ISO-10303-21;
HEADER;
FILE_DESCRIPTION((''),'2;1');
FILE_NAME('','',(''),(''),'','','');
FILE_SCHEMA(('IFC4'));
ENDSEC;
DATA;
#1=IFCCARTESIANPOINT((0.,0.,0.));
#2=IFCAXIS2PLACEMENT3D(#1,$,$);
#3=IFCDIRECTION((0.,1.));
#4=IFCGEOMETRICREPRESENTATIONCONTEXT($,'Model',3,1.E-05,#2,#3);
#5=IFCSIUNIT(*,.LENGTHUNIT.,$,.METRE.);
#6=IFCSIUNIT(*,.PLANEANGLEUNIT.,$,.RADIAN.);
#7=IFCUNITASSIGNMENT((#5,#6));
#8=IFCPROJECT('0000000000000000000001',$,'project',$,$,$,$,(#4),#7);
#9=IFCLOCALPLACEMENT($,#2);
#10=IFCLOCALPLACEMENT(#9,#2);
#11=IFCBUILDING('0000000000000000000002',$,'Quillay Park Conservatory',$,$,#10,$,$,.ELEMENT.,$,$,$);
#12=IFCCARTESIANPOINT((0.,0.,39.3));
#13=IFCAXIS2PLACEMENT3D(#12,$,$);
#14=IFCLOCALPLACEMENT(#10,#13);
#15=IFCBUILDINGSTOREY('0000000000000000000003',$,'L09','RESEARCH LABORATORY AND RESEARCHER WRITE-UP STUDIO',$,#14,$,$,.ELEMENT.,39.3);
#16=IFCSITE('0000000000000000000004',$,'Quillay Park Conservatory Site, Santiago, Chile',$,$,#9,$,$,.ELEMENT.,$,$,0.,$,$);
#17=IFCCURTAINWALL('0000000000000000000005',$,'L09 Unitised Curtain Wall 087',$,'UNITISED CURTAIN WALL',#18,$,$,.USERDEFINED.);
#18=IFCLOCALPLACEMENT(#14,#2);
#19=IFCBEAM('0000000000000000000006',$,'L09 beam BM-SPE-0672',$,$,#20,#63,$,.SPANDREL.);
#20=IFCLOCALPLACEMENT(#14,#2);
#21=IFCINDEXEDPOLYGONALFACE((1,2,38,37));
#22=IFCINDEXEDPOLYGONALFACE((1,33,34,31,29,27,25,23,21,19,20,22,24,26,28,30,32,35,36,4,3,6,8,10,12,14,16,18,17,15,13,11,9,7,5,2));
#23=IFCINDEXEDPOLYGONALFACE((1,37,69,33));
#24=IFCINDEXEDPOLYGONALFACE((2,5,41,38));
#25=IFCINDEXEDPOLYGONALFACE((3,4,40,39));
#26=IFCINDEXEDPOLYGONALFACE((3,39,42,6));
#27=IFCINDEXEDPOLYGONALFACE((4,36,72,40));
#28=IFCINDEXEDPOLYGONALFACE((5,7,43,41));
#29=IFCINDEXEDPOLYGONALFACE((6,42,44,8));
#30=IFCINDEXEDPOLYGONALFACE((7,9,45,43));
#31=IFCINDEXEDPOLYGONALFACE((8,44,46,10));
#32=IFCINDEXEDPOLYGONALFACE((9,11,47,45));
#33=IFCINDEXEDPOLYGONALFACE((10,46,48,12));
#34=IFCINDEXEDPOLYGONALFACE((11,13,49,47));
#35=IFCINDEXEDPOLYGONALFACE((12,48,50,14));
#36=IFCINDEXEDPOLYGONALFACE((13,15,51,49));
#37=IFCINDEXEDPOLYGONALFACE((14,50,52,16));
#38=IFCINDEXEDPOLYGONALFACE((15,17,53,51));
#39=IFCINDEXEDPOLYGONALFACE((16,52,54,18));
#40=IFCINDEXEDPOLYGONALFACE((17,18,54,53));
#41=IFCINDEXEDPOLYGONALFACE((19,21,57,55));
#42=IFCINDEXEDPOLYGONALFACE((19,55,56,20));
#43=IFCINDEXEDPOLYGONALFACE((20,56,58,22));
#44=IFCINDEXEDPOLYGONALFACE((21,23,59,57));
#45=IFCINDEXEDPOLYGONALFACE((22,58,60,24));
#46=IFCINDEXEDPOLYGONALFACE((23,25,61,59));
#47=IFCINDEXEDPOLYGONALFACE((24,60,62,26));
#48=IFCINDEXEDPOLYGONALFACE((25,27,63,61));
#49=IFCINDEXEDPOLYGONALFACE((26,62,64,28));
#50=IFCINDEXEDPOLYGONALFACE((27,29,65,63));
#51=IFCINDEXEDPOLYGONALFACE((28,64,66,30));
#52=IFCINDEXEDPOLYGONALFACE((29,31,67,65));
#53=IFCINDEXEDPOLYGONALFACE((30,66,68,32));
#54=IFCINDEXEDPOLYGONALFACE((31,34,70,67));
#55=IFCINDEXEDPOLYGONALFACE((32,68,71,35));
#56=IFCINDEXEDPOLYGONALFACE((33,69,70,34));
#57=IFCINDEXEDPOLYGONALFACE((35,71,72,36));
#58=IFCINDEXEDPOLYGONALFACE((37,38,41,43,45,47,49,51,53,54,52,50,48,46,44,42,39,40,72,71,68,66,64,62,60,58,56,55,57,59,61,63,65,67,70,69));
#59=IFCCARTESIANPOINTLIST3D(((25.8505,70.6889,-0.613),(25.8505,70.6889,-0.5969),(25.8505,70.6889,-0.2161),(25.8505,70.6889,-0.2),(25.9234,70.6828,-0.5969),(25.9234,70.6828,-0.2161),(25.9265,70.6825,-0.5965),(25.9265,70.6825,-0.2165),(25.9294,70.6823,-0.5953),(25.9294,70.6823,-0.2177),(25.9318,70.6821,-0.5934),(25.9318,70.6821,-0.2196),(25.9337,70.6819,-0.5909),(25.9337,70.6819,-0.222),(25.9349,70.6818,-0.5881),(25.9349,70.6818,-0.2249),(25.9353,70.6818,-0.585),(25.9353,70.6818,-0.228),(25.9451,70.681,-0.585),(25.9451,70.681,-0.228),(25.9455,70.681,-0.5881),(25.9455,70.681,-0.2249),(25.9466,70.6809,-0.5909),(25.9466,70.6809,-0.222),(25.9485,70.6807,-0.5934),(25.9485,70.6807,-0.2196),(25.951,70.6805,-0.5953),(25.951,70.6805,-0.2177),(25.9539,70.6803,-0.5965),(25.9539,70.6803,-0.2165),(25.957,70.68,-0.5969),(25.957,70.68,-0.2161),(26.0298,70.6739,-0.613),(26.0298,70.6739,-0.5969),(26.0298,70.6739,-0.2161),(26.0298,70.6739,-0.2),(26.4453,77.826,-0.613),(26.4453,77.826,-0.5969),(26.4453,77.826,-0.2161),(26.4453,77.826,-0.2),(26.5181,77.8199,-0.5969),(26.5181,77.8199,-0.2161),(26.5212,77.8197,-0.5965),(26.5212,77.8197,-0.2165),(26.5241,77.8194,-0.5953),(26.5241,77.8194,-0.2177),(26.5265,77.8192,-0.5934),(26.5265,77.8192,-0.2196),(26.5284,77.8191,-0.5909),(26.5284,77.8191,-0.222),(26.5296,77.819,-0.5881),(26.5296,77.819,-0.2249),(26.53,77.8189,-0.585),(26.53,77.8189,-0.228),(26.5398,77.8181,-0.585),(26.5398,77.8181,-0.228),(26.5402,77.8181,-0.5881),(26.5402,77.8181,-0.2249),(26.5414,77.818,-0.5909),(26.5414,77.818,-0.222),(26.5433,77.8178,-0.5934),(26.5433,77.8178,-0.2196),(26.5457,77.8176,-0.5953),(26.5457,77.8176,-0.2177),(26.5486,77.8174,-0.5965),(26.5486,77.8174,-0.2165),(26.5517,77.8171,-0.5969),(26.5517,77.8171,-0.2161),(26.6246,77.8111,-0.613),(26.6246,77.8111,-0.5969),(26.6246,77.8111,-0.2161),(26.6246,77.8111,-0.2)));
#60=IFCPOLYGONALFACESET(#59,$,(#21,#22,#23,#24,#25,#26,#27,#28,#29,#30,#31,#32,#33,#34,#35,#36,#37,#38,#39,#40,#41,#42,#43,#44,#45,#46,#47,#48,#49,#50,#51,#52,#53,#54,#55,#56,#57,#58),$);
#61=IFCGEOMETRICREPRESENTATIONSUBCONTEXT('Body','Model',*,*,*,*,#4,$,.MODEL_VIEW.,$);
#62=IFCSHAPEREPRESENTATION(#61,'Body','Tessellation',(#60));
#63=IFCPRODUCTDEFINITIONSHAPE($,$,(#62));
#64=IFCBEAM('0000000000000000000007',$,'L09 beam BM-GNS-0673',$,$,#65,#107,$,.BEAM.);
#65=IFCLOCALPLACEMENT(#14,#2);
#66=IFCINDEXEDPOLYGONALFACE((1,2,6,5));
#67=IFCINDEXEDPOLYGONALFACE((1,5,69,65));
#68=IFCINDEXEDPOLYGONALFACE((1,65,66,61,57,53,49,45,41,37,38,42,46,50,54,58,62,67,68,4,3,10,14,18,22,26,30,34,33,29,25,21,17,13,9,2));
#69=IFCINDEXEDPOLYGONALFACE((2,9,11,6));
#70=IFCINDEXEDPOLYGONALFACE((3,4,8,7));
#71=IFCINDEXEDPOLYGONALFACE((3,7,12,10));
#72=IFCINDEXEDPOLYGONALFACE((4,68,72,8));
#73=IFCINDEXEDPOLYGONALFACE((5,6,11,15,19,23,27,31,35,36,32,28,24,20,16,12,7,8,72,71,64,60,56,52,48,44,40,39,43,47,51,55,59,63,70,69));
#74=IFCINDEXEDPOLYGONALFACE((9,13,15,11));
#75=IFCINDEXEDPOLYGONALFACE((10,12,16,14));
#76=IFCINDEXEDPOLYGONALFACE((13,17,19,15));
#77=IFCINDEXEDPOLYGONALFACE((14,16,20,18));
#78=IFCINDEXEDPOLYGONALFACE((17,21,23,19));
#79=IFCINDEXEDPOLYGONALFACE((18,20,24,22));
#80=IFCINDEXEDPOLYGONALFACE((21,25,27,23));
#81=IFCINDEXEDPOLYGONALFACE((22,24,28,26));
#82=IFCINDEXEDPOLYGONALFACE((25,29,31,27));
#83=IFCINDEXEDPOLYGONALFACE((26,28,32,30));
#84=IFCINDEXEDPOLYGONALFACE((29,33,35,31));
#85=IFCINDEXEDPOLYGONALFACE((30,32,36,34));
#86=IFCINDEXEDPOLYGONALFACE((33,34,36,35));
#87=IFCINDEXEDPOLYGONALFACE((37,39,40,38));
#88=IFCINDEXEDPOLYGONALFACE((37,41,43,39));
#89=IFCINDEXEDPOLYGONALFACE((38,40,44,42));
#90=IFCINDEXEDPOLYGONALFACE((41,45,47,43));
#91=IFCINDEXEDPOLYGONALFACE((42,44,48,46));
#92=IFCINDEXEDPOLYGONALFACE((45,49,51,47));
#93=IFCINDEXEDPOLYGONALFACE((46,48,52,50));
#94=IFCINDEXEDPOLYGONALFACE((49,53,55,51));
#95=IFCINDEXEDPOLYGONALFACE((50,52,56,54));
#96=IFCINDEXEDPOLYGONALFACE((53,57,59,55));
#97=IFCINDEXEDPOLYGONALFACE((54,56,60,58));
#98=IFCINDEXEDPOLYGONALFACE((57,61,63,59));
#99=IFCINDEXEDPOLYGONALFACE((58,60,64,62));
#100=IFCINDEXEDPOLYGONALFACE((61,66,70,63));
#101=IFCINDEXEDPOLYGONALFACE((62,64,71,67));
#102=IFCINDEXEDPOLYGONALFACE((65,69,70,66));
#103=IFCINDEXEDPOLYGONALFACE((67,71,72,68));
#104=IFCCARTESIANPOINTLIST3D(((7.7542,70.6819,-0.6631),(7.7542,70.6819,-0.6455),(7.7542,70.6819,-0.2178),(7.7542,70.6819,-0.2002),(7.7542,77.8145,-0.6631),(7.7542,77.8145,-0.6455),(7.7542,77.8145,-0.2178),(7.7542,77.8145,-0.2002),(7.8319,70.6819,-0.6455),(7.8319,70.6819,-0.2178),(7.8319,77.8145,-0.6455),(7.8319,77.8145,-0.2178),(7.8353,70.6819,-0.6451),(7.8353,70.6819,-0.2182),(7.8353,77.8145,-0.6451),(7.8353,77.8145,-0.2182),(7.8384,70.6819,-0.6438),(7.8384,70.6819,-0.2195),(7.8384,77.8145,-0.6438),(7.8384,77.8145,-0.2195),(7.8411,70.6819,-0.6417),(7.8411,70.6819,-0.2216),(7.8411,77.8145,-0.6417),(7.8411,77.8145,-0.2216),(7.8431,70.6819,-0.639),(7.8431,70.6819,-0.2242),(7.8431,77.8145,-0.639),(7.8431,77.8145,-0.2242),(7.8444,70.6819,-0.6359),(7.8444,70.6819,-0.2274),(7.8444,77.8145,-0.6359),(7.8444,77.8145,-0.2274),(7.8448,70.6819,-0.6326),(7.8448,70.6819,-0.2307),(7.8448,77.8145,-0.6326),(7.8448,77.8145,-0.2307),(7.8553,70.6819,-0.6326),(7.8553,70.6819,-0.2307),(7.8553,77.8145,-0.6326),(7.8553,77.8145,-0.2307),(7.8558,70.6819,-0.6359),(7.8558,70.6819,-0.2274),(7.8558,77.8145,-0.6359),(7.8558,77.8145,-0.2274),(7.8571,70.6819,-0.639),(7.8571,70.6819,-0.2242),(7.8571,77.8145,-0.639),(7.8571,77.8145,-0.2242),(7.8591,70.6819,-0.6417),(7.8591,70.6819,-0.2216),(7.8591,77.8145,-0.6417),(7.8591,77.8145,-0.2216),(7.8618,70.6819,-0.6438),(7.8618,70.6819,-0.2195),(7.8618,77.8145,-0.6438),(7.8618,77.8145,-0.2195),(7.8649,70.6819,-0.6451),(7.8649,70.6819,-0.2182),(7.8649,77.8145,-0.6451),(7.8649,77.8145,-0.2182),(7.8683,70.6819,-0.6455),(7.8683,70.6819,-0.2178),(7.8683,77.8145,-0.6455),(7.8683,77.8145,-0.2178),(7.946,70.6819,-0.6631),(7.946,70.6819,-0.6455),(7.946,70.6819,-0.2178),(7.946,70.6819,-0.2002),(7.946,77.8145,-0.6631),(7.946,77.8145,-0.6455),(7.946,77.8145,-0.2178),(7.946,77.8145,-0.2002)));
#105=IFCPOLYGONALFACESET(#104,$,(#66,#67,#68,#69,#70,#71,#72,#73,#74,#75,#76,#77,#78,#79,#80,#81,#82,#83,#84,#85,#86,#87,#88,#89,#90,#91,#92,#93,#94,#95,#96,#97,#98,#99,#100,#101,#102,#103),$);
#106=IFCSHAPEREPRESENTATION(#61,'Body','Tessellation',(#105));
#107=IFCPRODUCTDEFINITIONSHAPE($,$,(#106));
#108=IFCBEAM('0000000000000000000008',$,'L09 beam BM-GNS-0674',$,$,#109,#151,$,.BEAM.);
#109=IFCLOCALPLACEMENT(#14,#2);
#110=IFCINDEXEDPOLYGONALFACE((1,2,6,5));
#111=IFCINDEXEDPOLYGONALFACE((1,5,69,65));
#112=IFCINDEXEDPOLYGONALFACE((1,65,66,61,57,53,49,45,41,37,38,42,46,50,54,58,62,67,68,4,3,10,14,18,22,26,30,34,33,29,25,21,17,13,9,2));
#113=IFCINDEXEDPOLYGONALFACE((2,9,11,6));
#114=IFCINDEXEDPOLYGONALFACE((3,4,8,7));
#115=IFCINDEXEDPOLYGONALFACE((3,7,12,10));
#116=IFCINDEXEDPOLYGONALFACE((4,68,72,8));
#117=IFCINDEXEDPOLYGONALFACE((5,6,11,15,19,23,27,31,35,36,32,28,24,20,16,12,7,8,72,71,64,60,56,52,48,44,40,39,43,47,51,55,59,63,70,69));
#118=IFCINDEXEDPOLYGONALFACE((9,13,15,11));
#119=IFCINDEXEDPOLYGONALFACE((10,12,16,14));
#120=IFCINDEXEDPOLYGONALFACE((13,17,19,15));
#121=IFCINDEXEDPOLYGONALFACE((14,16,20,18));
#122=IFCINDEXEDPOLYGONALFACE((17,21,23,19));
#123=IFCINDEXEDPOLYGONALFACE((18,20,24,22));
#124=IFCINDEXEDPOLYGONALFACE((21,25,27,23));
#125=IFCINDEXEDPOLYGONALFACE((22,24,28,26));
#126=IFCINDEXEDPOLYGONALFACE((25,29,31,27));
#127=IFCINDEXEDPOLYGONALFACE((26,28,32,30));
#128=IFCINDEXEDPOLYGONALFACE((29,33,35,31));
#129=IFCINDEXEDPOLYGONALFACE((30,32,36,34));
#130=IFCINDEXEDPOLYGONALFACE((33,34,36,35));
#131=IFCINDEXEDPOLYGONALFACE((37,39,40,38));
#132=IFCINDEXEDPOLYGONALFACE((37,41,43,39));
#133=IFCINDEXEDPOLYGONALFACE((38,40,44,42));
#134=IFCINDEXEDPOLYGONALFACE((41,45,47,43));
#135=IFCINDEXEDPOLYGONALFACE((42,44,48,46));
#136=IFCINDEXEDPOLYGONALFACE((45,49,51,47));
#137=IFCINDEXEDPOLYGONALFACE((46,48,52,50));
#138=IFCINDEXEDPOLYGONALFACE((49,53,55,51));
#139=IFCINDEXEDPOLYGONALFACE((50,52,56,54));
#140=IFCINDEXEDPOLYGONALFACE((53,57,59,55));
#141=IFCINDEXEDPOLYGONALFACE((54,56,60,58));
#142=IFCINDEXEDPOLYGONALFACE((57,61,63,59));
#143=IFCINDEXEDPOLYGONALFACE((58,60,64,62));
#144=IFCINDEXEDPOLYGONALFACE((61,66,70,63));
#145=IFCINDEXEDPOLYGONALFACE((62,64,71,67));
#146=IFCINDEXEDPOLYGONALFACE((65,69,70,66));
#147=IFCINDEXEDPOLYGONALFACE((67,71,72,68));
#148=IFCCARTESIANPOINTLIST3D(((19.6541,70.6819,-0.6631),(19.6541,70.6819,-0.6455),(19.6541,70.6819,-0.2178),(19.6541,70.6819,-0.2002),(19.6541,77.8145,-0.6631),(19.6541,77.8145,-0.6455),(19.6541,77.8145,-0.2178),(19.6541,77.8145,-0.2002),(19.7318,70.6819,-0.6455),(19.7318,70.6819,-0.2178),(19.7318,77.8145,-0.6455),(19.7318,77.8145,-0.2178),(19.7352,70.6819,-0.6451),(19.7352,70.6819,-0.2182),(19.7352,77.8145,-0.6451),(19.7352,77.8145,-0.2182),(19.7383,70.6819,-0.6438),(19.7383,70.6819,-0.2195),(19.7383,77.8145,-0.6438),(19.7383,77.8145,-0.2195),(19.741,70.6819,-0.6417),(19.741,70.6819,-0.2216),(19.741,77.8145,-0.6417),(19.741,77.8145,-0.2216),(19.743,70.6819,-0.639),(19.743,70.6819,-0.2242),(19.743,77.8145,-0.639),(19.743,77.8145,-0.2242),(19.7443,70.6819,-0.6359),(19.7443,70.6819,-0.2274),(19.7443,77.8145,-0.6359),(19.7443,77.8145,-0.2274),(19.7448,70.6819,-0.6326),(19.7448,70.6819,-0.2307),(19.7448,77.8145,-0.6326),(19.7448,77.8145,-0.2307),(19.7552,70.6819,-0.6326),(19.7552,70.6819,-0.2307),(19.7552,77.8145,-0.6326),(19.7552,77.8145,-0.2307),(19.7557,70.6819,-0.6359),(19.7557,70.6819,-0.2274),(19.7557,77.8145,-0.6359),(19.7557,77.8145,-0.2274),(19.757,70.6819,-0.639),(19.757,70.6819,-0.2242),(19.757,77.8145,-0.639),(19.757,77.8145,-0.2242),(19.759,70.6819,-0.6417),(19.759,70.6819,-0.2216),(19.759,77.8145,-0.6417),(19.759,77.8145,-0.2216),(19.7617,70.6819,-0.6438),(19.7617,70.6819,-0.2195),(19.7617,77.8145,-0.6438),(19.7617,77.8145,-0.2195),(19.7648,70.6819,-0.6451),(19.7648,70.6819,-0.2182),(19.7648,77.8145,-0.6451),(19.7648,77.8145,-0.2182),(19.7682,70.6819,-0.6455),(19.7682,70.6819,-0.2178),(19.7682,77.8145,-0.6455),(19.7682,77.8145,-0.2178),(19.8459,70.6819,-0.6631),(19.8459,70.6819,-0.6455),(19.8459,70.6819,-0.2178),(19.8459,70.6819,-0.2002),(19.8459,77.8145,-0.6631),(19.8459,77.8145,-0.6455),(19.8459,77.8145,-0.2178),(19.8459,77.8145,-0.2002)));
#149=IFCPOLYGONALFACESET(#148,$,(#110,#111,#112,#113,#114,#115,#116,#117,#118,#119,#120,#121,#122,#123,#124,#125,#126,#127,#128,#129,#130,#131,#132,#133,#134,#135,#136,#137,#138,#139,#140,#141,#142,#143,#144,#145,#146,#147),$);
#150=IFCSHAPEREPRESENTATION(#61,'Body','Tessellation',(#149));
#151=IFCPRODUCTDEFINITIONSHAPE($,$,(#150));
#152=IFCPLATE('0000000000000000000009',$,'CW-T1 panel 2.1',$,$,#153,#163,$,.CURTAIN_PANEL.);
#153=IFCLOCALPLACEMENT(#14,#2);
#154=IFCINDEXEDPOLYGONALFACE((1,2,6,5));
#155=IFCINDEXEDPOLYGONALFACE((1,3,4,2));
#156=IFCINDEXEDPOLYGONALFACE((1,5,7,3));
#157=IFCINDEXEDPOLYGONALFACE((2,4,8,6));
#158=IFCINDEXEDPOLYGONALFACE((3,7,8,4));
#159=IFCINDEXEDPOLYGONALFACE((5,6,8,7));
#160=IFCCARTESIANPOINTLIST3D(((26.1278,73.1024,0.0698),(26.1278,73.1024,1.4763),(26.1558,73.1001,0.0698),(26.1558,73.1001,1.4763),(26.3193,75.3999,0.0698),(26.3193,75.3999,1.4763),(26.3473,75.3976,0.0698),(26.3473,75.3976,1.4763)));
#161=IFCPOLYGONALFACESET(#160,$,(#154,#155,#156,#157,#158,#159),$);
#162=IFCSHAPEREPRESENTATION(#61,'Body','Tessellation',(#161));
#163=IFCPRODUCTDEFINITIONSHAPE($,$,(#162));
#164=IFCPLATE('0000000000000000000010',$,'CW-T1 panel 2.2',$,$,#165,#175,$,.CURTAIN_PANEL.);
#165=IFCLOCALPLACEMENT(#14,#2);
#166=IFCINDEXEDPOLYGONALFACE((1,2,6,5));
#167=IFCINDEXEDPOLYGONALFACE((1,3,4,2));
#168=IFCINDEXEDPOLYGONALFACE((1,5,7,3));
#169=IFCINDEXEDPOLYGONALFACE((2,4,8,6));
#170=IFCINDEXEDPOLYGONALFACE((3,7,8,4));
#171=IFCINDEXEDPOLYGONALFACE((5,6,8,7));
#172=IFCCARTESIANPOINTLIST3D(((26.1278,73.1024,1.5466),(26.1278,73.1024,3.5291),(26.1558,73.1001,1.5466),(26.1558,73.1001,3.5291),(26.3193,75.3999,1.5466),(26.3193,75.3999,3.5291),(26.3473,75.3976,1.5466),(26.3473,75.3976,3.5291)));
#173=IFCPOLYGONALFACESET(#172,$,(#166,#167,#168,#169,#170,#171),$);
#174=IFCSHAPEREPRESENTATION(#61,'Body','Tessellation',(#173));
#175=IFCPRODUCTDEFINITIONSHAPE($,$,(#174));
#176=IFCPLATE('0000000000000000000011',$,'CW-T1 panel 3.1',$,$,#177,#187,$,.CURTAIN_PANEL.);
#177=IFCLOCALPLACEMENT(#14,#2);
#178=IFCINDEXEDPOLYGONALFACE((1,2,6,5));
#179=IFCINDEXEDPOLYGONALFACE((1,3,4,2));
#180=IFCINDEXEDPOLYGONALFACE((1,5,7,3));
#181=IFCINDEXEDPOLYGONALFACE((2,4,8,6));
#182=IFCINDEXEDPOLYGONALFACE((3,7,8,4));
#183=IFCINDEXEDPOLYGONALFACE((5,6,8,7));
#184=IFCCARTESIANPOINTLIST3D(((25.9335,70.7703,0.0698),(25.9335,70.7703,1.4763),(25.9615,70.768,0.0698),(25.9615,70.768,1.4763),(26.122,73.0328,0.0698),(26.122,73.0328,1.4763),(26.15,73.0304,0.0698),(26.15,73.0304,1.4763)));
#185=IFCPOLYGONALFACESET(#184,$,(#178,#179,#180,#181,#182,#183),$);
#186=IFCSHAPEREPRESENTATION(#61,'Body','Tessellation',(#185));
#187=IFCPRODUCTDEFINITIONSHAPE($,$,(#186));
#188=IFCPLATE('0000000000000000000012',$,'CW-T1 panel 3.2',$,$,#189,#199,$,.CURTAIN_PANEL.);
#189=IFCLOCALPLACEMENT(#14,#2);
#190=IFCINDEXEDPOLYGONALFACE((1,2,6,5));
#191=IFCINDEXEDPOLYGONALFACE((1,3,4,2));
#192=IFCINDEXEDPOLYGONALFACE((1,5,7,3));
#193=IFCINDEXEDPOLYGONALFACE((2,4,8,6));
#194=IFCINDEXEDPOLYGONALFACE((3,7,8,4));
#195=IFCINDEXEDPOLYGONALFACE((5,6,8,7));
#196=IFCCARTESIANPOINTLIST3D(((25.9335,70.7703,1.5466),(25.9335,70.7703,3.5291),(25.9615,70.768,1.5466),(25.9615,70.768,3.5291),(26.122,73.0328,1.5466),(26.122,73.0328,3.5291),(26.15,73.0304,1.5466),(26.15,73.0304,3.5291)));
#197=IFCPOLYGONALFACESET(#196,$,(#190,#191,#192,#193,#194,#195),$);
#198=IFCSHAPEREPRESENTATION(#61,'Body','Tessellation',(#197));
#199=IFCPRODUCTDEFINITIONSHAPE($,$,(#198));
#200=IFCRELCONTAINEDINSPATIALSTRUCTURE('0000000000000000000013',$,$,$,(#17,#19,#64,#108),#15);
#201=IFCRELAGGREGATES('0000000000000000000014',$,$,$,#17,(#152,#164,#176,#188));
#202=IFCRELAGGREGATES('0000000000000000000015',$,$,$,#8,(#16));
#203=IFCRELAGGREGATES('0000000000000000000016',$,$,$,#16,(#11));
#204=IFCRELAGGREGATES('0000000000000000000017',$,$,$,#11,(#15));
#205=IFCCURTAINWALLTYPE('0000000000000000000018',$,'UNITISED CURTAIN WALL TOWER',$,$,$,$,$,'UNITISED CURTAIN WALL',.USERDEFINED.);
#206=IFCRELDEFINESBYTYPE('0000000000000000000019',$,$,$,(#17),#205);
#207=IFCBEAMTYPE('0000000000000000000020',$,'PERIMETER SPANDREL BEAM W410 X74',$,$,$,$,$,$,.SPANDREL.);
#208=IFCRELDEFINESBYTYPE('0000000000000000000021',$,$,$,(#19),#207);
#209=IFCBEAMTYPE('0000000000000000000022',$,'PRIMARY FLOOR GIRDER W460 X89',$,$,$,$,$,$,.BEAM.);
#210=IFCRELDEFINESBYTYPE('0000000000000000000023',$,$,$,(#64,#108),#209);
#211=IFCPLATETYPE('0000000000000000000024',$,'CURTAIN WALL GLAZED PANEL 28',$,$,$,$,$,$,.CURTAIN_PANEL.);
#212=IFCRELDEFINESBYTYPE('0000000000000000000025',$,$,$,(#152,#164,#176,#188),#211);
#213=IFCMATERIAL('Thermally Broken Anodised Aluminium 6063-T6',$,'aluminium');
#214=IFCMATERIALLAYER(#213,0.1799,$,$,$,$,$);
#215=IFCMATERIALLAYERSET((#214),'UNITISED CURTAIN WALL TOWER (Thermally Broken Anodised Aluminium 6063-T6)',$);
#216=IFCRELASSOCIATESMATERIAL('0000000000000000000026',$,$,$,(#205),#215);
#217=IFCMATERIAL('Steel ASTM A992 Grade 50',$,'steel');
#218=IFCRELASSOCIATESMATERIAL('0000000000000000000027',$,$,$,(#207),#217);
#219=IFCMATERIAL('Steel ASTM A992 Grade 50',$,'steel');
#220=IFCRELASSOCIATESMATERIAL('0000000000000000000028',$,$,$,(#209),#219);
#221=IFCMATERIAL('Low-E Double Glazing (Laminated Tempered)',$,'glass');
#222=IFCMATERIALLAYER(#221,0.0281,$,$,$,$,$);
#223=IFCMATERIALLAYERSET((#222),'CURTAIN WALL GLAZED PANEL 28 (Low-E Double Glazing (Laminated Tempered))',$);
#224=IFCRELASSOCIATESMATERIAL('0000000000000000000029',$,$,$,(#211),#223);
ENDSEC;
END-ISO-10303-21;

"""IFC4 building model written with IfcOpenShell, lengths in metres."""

from ifc_helpers import new_model, si_unit, direction, frame, origin, origin_2d, place, context, subcontext, project, spatial, rectangle, i_section, extrude, material, layer, layer_set, material_profile, profile_set, type_object, element, aggregate, save


model = new_model("IFC4")

# Units and contexts
model_context = context("Model", 3, precision=1e-05, world=origin(), true_north=direction((0.0, 1.0)))
body_context = subcontext(model_context, "Body", "Model", "MODEL_VIEW")
ifc_project = project(units=[si_unit("LENGTHUNIT", "METRE"), si_unit("PLANEANGLEUNIT", "RADIAN")], contexts=[model_context])

# Site, building, storey
site_placement = place(None, origin())
site = spatial("IfcSite", under=ifc_project, at=site_placement, Name="Quillay Park Conservatory Site, Santiago, Chile", CompositionType="ELEMENT", RefElevation=0.0)
building_placement = place(site_placement, origin())
building = spatial("IfcBuilding", under=site, at=building_placement, Name="Quillay Park Conservatory", CompositionType="ELEMENT")
storey_placement = place(building_placement, frame((0.0, 0.0, 39.3)))
storey = spatial("IfcBuildingStorey", under=building, at=storey_placement, Name="L09", Description="RESEARCH LABORATORY AND RESEARCHER WRITE-UP STUDIO", CompositionType="ELEMENT", Elevation=39.3)

# Curtain wall
ifc_material_1 = material(Name="Thermally Broken Anodised Aluminium 6063-T6", Category="aluminium")
ifc_layer_1 = layer(ifc_material_1, 0.1799)
ifc_layer_set_1 = layer_set([ifc_layer_1], Name="UNITISED CURTAIN WALL TOWER (Thermally Broken Anodised Aluminium 6063-T6)")
curtain_wall_type = type_object("IfcCurtainWallType", Name="UNITISED CURTAIN WALL TOWER", ElementType="UNITISED CURTAIN WALL", PredefinedType="USERDEFINED", material=ifc_layer_set_1)
curtain_wall_placement = place(storey_placement, origin())
curtain_wall = element("IfcCurtainWall", 1, at=curtain_wall_placement, inside=storey, type_object=curtain_wall_type, Name="L09 Unitised Curtain Wall 087", ObjectType="UNITISED CURTAIN WALL", PredefinedType="USERDEFINED")

# Beams
ifc_material_2 = material(Name="Steel ASTM A992 Grade 50", Category="steel")
ifc_material_profile_1 = material_profile(ifc_material_2, i_section(OverallWidth=0.1799, OverallDepth=0.4131, WebThickness=0.0098, FlangeThickness=0.0161, FilletRadius=0.012, at=origin_2d()), Name="W410x74")
ifc_profile_set_1 = profile_set([ifc_material_profile_1], Name="Steel ASTM A992 Grade 50")
beam_type_1 = type_object("IfcBeamType", Name="PERIMETER SPANDREL BEAM W410 X74", PredefinedType="SPANDREL", material=ifc_profile_set_1)
beam_1_placement = place(storey_placement, frame((25.9402, 70.6814, -0.4065), z_axis=(0.08304, 0.996546, 0.0), x_axis=(-0.996546, 0.08304, 0.0)))
element("IfcBeam", 2, at=beam_1_placement, inside=storey, type_object=beam_type_1, Name="L09 beam BM-SPE-0672", PredefinedType="SPANDREL", context=body_context, shape_type="SweptSolid", body=[
    extrude(i_section(OverallWidth=0.1799, OverallDepth=0.4131, WebThickness=0.0098, FlangeThickness=0.0161, FilletRadius=0.012, at=origin_2d()), origin(), (0.0, 0.0, 1.0), 7.1619),
])
ifc_material_3 = material(Name="Steel ASTM A992 Grade 50", Category="steel")
ifc_material_profile_2 = material_profile(ifc_material_3, i_section(OverallWidth=0.1919, OverallDepth=0.4629, WebThickness=0.0105, FlangeThickness=0.0176, FilletRadius=0.0129, at=origin_2d()), Name="W460x89")
ifc_profile_set_2 = profile_set([ifc_material_profile_2], Name="Steel ASTM A992 Grade 50")
beam_type_2 = type_object("IfcBeamType", Name="PRIMARY FLOOR GIRDER W460 X89", PredefinedType="BEAM", material=ifc_profile_set_2)
for number, where, z_axis, x_axis, name in (
    (3, (7.8501, 70.6819, -0.4316), (0.0, 1.0, 0.0), (-1.0, 0.0, 0.0), "L09 beam BM-GNS-0673"),
    (4, (19.75, 70.6819, -0.4316), (0.0, 1.0, 0.0), (-1.0, 0.0, 0.0), "L09 beam BM-GNS-0674"),
):
    element("IfcBeam", number, at=place(storey_placement, frame(where, z_axis=z_axis, x_axis=x_axis)), inside=storey, type_object=beam_type_2, Name=name, PredefinedType="BEAM", context=body_context, shape_type="SweptSolid", body=[
        extrude(i_section(OverallWidth=0.1919, OverallDepth=0.4629, WebThickness=0.0105, FlangeThickness=0.0176, FilletRadius=0.0129, at=origin_2d()), origin(), (0.0, 0.0, 1.0), 7.1326),
    ])

# Plates
ifc_material_4 = material(Name="Low-E Double Glazing (Laminated Tempered)", Category="glass")
ifc_layer_2 = layer(ifc_material_4, 0.0281)
ifc_layer_set_2 = layer_set([ifc_layer_2], Name="CURTAIN WALL GLAZED PANEL 28 (Low-E Double Glazing (Laminated Tempered))")
plate_type = type_object("IfcPlateType", Name="CURTAIN WALL GLAZED PANEL 28", PredefinedType="CURTAIN_PANEL", material=ifc_layer_set_2)
plate_1_placement = place(storey_placement, frame((26.2375, 74.25, 0.0698), z_axis=(0.0, 0.0, 1.0), x_axis=(-0.083048, -0.996546, 0.0)))
plate_1 = element("IfcPlate", 5, at=plate_1_placement, type_object=plate_type, Name="CW-T1 panel 2.1", PredefinedType="CURTAIN_PANEL", context=body_context, shape_type="SweptSolid", body=[
    extrude(rectangle(XDim=2.3054, YDim=0.0281, at=origin_2d()), origin(), (0.0, 0.0, 1.0), 1.4065),
])
plate_2_placement = place(storey_placement, frame((26.2375, 74.25, 1.5466), z_axis=(0.0, 0.0, 1.0), x_axis=(-0.083048, -0.996546, 0.0)))
plate_2 = element("IfcPlate", 6, at=plate_2_placement, type_object=plate_type, Name="CW-T1 panel 2.2", PredefinedType="CURTAIN_PANEL", context=body_context, shape_type="SweptSolid", body=[
    extrude(rectangle(XDim=2.3054, YDim=0.0281, at=origin_2d()), origin(), (0.0, 0.0, 1.0), 1.9824),
])
plate_3_placement = place(storey_placement, frame((26.0417, 71.9004, 0.0698), z_axis=(0.0, 0.0, 1.0), x_axis=(-0.083048, -0.996546, 0.0)))
plate_3 = element("IfcPlate", 7, at=plate_3_placement, type_object=plate_type, Name="CW-T1 panel 3.1", PredefinedType="CURTAIN_PANEL", context=body_context, shape_type="SweptSolid", body=[
    extrude(rectangle(XDim=2.2703, YDim=0.0281, at=origin_2d()), origin(), (0.0, 0.0, 1.0), 1.4065),
])
plate_4_placement = place(storey_placement, frame((26.0417, 71.9004, 1.5466), z_axis=(0.0, 0.0, 1.0), x_axis=(-0.083048, -0.996546, 0.0)))
plate_4 = element("IfcPlate", 8, at=plate_4_placement, type_object=plate_type, Name="CW-T1 panel 3.2", PredefinedType="CURTAIN_PANEL", context=body_context, shape_type="SweptSolid", body=[
    extrude(rectangle(XDim=2.2703, YDim=0.0281, at=origin_2d()), origin(), (0.0, 0.0, 1.0), 1.9824),
])
aggregate(curtain_wall, [plate_1, plate_2, plate_3, plate_4])

save(model, "model.ifc")
